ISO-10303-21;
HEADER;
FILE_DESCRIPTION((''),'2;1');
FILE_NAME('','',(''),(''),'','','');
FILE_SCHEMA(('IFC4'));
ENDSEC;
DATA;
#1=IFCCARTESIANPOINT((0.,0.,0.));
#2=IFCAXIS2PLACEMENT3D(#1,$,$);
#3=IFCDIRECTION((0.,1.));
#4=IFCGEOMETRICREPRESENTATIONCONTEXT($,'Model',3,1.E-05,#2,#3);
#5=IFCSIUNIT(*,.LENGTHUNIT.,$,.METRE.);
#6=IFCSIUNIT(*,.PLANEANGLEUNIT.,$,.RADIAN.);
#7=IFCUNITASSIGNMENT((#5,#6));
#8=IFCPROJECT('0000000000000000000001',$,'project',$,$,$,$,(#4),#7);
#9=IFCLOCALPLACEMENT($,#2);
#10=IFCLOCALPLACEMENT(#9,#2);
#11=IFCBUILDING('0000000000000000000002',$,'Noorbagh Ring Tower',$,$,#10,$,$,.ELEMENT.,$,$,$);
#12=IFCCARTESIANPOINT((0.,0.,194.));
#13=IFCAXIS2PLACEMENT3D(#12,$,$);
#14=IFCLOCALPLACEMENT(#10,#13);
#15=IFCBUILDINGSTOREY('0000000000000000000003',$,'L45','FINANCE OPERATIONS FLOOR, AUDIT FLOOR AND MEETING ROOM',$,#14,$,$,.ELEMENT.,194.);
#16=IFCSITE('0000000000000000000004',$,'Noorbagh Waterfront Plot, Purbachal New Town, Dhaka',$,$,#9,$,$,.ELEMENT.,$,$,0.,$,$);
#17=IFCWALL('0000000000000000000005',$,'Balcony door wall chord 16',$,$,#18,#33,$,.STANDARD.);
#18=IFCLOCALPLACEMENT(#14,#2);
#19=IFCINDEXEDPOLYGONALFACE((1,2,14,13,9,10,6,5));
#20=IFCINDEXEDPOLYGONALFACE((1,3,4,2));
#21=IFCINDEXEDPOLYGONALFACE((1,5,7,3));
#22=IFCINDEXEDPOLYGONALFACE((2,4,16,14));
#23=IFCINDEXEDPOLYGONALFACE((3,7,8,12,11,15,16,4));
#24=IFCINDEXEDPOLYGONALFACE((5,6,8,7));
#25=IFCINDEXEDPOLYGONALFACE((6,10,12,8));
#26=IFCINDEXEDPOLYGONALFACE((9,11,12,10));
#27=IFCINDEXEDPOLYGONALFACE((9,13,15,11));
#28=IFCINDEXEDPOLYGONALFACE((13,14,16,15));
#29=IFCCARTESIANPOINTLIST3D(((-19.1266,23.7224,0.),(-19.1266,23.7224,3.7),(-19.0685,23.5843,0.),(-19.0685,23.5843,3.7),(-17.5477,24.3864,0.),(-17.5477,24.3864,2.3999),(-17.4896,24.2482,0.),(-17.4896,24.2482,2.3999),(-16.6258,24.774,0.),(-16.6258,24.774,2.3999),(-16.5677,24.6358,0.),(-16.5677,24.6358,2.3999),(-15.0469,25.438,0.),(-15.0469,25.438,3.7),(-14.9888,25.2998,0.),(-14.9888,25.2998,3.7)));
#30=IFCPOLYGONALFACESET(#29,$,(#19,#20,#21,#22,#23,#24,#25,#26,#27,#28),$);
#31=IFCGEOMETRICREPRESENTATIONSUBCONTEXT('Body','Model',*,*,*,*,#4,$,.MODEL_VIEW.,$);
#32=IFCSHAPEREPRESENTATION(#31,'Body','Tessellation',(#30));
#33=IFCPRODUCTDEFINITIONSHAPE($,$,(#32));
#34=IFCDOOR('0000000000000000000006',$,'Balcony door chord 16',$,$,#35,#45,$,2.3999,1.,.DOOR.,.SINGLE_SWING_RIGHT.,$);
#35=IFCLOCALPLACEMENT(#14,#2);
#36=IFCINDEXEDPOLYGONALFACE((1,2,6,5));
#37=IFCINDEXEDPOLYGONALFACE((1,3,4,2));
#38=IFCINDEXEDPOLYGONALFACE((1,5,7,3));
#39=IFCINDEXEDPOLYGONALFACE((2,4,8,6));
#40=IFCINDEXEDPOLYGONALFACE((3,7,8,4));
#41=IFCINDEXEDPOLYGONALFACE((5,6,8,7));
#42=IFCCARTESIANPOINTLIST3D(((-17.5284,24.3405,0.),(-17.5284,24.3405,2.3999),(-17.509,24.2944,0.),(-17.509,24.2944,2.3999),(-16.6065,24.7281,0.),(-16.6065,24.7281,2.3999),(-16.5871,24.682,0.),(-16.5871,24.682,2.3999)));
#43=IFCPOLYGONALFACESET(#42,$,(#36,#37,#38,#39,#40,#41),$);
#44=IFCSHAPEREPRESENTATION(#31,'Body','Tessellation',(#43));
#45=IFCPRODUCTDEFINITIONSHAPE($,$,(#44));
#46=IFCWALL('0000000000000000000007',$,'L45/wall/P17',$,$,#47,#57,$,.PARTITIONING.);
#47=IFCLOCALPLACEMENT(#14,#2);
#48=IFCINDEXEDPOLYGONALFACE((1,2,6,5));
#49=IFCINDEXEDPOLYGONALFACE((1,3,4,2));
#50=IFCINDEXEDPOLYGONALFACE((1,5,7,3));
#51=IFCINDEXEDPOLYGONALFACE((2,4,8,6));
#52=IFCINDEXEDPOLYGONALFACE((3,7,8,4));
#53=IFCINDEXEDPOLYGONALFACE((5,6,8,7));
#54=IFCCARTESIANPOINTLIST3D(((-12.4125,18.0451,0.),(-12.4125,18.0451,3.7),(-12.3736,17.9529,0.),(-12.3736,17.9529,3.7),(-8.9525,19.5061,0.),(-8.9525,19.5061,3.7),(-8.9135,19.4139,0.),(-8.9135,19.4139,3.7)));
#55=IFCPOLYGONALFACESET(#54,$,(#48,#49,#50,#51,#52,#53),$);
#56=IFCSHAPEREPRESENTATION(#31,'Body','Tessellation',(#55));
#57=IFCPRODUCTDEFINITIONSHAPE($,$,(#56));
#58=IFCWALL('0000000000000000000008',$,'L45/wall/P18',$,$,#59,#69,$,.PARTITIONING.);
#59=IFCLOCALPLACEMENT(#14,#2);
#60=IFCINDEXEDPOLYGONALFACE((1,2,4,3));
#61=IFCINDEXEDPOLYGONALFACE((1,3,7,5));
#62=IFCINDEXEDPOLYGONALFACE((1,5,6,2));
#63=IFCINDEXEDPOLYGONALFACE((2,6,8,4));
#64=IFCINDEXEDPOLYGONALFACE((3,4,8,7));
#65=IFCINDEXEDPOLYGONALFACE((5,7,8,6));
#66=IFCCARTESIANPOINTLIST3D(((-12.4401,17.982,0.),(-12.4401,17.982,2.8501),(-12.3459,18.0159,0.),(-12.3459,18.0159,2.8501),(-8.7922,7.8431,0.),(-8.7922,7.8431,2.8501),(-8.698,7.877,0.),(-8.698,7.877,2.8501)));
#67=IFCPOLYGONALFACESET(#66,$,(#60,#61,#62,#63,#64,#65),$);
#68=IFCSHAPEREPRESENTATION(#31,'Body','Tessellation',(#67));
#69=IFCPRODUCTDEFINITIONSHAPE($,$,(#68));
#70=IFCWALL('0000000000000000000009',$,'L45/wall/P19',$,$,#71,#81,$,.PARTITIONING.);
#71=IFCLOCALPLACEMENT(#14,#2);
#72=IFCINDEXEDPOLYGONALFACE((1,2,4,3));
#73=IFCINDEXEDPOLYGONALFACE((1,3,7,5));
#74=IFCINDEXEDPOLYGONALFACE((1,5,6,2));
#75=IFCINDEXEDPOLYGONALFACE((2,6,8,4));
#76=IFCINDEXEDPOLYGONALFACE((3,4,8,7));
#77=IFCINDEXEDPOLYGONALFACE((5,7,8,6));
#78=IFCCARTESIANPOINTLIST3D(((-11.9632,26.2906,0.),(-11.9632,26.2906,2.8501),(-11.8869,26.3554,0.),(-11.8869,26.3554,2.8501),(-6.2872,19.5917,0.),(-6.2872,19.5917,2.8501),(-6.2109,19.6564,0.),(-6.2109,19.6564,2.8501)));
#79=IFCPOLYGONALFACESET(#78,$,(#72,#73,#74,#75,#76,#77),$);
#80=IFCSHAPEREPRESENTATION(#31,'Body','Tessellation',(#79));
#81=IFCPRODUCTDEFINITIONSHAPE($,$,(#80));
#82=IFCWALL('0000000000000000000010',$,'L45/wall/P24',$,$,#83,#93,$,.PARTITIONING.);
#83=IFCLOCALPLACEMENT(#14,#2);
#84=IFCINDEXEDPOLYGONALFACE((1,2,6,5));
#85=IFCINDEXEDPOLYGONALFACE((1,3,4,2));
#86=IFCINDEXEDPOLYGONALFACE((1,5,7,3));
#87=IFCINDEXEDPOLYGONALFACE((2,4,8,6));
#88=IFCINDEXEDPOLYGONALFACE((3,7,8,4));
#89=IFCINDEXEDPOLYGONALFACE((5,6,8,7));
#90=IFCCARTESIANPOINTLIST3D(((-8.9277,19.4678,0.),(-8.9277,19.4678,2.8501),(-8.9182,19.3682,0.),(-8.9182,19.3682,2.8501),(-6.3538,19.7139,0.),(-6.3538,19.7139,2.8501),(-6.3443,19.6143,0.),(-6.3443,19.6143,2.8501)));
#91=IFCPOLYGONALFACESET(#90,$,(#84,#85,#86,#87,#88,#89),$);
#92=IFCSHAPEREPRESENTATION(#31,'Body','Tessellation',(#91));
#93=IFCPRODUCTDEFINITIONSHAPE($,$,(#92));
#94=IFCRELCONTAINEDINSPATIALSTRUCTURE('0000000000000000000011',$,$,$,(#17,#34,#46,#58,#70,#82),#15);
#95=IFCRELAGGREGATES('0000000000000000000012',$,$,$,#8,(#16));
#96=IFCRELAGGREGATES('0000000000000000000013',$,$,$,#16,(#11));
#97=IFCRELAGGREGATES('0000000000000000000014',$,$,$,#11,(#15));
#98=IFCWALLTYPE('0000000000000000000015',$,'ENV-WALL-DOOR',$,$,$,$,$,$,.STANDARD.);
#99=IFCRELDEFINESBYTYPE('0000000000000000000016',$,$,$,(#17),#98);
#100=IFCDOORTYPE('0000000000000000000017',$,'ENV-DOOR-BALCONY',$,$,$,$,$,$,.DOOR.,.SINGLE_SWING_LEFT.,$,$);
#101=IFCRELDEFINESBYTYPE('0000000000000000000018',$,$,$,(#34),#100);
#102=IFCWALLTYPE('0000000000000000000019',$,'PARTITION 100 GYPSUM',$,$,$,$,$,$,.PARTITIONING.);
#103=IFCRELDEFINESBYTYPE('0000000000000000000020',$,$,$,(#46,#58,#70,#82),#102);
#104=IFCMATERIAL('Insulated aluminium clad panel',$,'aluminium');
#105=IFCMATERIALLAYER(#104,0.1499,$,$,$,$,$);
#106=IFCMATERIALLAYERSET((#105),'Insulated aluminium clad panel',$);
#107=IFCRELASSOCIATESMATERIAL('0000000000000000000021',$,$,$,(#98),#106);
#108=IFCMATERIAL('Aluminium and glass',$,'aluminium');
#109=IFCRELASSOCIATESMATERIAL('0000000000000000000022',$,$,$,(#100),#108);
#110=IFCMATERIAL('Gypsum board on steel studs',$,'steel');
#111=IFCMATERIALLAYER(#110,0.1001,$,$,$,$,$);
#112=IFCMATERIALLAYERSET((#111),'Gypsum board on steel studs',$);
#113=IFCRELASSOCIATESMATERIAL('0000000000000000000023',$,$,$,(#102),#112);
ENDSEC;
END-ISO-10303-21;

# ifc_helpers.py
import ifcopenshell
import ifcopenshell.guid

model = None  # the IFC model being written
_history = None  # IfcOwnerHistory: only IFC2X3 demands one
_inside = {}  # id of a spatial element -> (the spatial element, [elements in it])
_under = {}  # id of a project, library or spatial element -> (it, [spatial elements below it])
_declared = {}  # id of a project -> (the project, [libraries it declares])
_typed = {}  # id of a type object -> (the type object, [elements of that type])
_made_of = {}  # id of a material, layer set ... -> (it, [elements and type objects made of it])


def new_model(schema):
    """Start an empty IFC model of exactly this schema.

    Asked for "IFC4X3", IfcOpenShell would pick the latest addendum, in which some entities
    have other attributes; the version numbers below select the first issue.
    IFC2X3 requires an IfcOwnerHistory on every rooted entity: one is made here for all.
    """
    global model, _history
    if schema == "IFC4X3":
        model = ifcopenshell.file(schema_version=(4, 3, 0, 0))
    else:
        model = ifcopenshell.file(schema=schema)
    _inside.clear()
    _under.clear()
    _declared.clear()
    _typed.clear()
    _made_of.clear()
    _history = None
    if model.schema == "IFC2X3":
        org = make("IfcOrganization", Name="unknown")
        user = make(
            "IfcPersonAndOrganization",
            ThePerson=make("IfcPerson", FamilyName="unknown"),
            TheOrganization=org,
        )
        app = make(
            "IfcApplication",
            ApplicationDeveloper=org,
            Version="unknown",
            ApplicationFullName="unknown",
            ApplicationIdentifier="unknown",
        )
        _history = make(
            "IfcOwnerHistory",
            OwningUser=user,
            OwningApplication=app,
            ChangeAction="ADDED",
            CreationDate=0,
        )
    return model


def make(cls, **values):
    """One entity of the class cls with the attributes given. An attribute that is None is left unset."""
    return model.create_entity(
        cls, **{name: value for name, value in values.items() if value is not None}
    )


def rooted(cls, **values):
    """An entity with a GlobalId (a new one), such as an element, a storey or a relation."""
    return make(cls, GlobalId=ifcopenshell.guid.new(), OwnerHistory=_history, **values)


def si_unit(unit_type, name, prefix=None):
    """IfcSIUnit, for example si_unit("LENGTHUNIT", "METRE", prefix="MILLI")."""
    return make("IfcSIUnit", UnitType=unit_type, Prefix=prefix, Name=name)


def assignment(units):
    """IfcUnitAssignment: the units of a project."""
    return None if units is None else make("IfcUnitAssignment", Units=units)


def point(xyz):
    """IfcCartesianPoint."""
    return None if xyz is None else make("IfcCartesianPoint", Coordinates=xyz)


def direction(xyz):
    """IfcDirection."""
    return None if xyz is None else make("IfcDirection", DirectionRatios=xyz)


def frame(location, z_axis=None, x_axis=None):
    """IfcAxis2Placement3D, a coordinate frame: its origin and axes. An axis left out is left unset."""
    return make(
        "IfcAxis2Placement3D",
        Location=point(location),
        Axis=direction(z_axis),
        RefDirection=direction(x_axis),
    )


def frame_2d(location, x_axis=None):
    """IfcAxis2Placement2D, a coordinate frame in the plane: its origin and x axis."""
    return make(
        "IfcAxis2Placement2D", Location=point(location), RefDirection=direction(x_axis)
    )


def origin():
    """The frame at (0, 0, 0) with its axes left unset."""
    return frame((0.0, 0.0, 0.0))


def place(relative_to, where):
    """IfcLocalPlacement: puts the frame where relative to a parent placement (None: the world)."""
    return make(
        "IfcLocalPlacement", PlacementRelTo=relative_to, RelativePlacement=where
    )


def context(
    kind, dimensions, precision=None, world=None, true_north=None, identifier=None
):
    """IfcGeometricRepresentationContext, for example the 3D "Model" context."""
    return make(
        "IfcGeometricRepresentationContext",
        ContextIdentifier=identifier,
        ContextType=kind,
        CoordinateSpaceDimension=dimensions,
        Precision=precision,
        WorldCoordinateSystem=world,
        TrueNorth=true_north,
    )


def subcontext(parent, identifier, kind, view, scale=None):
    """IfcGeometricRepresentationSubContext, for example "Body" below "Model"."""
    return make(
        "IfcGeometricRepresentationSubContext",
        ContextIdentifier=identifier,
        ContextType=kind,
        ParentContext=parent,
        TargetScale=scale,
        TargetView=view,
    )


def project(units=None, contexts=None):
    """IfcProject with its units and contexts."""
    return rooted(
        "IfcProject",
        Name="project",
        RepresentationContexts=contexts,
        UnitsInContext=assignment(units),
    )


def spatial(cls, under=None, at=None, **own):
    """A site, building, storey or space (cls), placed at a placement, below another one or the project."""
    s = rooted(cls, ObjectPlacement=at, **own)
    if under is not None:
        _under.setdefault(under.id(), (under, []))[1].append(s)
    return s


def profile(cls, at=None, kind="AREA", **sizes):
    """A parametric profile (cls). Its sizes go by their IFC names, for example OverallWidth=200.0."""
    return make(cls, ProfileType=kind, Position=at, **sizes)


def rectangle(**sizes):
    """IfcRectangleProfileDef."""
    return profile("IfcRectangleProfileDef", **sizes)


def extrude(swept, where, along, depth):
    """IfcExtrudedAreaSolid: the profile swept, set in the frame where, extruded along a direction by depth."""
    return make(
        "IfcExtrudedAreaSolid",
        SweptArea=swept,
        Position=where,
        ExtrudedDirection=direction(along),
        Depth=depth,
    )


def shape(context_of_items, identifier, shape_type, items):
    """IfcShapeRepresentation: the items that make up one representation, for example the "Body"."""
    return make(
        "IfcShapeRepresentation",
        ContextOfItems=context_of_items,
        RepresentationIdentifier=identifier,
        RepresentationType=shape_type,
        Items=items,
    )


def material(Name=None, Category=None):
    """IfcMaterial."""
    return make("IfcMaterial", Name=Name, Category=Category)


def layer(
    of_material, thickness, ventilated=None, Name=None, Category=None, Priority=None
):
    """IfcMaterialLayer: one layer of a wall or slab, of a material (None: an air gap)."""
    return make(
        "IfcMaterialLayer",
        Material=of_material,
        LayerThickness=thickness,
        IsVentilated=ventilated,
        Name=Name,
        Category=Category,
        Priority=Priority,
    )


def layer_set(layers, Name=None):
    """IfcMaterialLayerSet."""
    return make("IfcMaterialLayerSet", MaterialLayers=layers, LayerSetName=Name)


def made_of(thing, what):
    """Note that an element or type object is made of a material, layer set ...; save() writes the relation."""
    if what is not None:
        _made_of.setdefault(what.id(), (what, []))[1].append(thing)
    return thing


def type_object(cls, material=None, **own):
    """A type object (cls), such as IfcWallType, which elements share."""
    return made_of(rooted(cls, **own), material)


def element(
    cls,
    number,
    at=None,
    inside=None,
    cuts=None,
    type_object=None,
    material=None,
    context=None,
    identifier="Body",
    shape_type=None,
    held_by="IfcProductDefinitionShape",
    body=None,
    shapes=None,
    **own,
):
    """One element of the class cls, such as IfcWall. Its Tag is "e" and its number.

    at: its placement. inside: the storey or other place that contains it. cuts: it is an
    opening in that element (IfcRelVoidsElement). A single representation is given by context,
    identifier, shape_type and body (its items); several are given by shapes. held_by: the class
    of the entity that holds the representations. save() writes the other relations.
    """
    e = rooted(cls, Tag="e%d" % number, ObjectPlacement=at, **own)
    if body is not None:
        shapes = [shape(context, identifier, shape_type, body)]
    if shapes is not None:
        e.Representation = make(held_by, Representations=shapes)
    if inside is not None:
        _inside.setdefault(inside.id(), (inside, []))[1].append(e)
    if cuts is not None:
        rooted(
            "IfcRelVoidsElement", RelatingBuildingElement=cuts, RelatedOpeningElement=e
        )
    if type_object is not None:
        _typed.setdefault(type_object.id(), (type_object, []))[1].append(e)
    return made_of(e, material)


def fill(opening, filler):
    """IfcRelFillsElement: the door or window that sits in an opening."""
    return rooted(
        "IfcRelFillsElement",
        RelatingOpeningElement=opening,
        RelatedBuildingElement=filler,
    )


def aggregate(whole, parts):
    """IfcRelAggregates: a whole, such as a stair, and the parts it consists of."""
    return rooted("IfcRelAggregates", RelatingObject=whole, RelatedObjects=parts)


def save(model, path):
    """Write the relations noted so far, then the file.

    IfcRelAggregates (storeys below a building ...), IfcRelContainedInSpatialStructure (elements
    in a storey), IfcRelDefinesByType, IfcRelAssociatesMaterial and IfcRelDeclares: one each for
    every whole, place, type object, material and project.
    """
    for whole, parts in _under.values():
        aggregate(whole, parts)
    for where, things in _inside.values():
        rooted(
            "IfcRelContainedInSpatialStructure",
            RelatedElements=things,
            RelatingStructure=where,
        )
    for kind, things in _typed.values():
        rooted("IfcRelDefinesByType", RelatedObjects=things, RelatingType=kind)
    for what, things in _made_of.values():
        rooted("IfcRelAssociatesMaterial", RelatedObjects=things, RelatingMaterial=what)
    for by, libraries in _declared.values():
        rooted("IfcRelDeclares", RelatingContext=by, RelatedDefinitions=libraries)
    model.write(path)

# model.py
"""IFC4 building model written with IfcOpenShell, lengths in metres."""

from ifc_helpers import new_model, si_unit, direction, frame, frame_2d, origin, place, context, subcontext, project, spatial, rectangle, extrude, material, layer, layer_set, type_object, element, fill, save


model = new_model("IFC4")

# Units and contexts
model_context = context("Model", 3, precision=1e-05, world=origin(), true_north=direction((0.0, 1.0)))
body_context = subcontext(model_context, "Body", "Model", "MODEL_VIEW")
ifc_project = project(units=[si_unit("LENGTHUNIT", "METRE"), si_unit("PLANEANGLEUNIT", "RADIAN")], contexts=[model_context])

# Site, building, storey
site_placement = place(None, origin())
site = spatial("IfcSite", under=ifc_project, at=site_placement, Name="Noorbagh Waterfront Plot, Purbachal New Town, Dhaka", CompositionType="ELEMENT", RefElevation=0.0)
building_placement = place(site_placement, origin())
building = spatial("IfcBuilding", under=site, at=building_placement, Name="Noorbagh Ring Tower", CompositionType="ELEMENT")
storey_placement = place(building_placement, frame((0.0, 0.0, 194.0)))
storey = spatial("IfcBuildingStorey", under=building, at=storey_placement, Name="L45", Description="FINANCE OPERATIONS FLOOR, AUDIT FLOOR AND MEETING ROOM", CompositionType="ELEMENT", Elevation=194.0)

# Wall, opening, door
ifc_material_1 = material(Name="Insulated aluminium clad panel", Category="aluminium")
ifc_layer_1 = layer(ifc_material_1, 0.1499)
ifc_layer_set_1 = layer_set([ifc_layer_1], Name="Insulated aluminium clad panel")
wall_type_1 = type_object("IfcWallType", Name="ENV-WALL-DOOR", PredefinedType="STANDARD", material=ifc_layer_set_1)
wall_1_placement = place(storey_placement, frame((-15.0178, 25.3689, 0.0), z_axis=(0.0, 0.0, 1.0), x_axis=(-0.921817, -0.387625, 0.0)))
wall_1 = element("IfcWall", 1, at=wall_1_placement, inside=storey, type_object=wall_type_1, Name="Balcony door wall chord 16", PredefinedType="STANDARD", context=body_context, shape_type="SweptSolid", body=[
    extrude(rectangle(XDim=4.4258, YDim=0.1499, at=frame_2d((2.2129, 0.0))), origin(), (0.0, 0.0, 1.0), 3.7),
])
opening_placement = place(wall_1_placement, frame((1.7129, 0.0, 0.0)))
opening = element("IfcOpeningElement", 2, at=opening_placement, cuts=wall_1, PredefinedType="OPENING", context=body_context, shape_type="SweptSolid", body=[
    extrude(rectangle(XDim=1.0, YDim=2.3999, at=frame_2d((0.5, 1.2))), frame((0.0, 0.085, 0.0), z_axis=(0.0, -1.0, 0.0), x_axis=(1.0, 0.0, 0.0)), (0.0, 0.0, 1.0), 0.1699),
])
ifc_material_2 = material(Name="Aluminium and glass", Category="aluminium")
door_type = type_object("IfcDoorType", Name="ENV-DOOR-BALCONY", OperationType="SINGLE_SWING_LEFT", PredefinedType="DOOR", material=ifc_material_2)
door_placement = place(opening_placement, origin())
door = element("IfcDoor", 3, at=door_placement, inside=storey, type_object=door_type, Name="Balcony door chord 16", OperationType="SINGLE_SWING_RIGHT", OverallHeight=2.3999, OverallWidth=1.0, PredefinedType="DOOR", context=body_context, shape_type="SweptSolid", body=[
    extrude(rectangle(XDim=1.0, YDim=2.3999, at=frame_2d((0.5, 1.2))), frame((0.0, 0.0249, 0.0), z_axis=(0.0, -1.0, 0.0), x_axis=(1.0, 0.0, 0.0)), (0.0, 0.0, 1.0), 0.05),
])
fill(opening, door)

# Walls
ifc_material_3 = material(Name="Gypsum board on steel studs", Category="steel")
ifc_layer_2 = layer(ifc_material_3, 0.1001)
ifc_layer_set_2 = layer_set([ifc_layer_2], Name="Gypsum board on steel studs")
wall_type_2 = type_object("IfcWallType", Name="PARTITION 100 GYPSUM", PredefinedType="PARTITIONING", material=ifc_layer_set_2)
wall_2_placement = place(storey_placement, frame((-12.3931, 17.999, 0.0), z_axis=(0.0, 0.0, 1.0), x_axis=(0.921243, 0.388987, 0.0)))
element("IfcWall", 4, at=wall_2_placement, inside=storey, type_object=wall_type_2, Name="L45/wall/P17", PredefinedType="PARTITIONING", context=body_context, shape_type="SweptSolid", body=[
    extrude(rectangle(XDim=3.7559, YDim=0.1001, at=frame_2d((1.8779, 0.0))), origin(), (0.0, 0.0, 1.0), 3.7),
])
wall_3_placement = place(storey_placement, frame((-12.3931, 17.999, 0.0), z_axis=(0.0, 0.0, 1.0), x_axis=(0.33855, -0.940948, 0.0)))
element("IfcWall", 5, at=wall_3_placement, inside=storey, type_object=wall_type_2, Name="L45/wall/P18", PredefinedType="PARTITIONING", context=body_context, shape_type="SweptSolid", body=[
    extrude(rectangle(XDim=10.7751, YDim=0.1001, at=frame_2d((5.3877, 0.0))), origin(), (0.0, 0.0, 1.0), 2.8501),
])
wall_4_placement = place(storey_placement, frame((-11.925, 26.323, 0.0), z_axis=(0.0, 0.0, 1.0), x_axis=(0.646451, -0.762956, 0.0)))
element("IfcWall", 6, at=wall_4_placement, inside=storey, type_object=wall_type_2, Name="L45/wall/P19", PredefinedType="PARTITIONING", context=body_context, shape_type="SweptSolid", body=[
    extrude(rectangle(XDim=8.7803, YDim=0.1001, at=frame_2d((4.3901, 0.0))), origin(), (0.0, 0.0, 1.0), 2.8501),
])
wall_5_placement = place(storey_placement, frame((-8.9231, 19.418, 0.0), z_axis=(0.0, 0.0, 1.0), x_axis=(0.995461, 0.095174, 0.0)))
element("IfcWall", 7, at=wall_5_placement, inside=storey, type_object=wall_type_2, Name="L45/wall/P24", PredefinedType="PARTITIONING", context=body_context, shape_type="SweptSolid", body=[
    extrude(rectangle(XDim=2.5857, YDim=0.1001, at=frame_2d((1.293, 0.0))), origin(), (0.0, 0.0, 1.0), 2.8501),
])

save(model, "model.ifc")
